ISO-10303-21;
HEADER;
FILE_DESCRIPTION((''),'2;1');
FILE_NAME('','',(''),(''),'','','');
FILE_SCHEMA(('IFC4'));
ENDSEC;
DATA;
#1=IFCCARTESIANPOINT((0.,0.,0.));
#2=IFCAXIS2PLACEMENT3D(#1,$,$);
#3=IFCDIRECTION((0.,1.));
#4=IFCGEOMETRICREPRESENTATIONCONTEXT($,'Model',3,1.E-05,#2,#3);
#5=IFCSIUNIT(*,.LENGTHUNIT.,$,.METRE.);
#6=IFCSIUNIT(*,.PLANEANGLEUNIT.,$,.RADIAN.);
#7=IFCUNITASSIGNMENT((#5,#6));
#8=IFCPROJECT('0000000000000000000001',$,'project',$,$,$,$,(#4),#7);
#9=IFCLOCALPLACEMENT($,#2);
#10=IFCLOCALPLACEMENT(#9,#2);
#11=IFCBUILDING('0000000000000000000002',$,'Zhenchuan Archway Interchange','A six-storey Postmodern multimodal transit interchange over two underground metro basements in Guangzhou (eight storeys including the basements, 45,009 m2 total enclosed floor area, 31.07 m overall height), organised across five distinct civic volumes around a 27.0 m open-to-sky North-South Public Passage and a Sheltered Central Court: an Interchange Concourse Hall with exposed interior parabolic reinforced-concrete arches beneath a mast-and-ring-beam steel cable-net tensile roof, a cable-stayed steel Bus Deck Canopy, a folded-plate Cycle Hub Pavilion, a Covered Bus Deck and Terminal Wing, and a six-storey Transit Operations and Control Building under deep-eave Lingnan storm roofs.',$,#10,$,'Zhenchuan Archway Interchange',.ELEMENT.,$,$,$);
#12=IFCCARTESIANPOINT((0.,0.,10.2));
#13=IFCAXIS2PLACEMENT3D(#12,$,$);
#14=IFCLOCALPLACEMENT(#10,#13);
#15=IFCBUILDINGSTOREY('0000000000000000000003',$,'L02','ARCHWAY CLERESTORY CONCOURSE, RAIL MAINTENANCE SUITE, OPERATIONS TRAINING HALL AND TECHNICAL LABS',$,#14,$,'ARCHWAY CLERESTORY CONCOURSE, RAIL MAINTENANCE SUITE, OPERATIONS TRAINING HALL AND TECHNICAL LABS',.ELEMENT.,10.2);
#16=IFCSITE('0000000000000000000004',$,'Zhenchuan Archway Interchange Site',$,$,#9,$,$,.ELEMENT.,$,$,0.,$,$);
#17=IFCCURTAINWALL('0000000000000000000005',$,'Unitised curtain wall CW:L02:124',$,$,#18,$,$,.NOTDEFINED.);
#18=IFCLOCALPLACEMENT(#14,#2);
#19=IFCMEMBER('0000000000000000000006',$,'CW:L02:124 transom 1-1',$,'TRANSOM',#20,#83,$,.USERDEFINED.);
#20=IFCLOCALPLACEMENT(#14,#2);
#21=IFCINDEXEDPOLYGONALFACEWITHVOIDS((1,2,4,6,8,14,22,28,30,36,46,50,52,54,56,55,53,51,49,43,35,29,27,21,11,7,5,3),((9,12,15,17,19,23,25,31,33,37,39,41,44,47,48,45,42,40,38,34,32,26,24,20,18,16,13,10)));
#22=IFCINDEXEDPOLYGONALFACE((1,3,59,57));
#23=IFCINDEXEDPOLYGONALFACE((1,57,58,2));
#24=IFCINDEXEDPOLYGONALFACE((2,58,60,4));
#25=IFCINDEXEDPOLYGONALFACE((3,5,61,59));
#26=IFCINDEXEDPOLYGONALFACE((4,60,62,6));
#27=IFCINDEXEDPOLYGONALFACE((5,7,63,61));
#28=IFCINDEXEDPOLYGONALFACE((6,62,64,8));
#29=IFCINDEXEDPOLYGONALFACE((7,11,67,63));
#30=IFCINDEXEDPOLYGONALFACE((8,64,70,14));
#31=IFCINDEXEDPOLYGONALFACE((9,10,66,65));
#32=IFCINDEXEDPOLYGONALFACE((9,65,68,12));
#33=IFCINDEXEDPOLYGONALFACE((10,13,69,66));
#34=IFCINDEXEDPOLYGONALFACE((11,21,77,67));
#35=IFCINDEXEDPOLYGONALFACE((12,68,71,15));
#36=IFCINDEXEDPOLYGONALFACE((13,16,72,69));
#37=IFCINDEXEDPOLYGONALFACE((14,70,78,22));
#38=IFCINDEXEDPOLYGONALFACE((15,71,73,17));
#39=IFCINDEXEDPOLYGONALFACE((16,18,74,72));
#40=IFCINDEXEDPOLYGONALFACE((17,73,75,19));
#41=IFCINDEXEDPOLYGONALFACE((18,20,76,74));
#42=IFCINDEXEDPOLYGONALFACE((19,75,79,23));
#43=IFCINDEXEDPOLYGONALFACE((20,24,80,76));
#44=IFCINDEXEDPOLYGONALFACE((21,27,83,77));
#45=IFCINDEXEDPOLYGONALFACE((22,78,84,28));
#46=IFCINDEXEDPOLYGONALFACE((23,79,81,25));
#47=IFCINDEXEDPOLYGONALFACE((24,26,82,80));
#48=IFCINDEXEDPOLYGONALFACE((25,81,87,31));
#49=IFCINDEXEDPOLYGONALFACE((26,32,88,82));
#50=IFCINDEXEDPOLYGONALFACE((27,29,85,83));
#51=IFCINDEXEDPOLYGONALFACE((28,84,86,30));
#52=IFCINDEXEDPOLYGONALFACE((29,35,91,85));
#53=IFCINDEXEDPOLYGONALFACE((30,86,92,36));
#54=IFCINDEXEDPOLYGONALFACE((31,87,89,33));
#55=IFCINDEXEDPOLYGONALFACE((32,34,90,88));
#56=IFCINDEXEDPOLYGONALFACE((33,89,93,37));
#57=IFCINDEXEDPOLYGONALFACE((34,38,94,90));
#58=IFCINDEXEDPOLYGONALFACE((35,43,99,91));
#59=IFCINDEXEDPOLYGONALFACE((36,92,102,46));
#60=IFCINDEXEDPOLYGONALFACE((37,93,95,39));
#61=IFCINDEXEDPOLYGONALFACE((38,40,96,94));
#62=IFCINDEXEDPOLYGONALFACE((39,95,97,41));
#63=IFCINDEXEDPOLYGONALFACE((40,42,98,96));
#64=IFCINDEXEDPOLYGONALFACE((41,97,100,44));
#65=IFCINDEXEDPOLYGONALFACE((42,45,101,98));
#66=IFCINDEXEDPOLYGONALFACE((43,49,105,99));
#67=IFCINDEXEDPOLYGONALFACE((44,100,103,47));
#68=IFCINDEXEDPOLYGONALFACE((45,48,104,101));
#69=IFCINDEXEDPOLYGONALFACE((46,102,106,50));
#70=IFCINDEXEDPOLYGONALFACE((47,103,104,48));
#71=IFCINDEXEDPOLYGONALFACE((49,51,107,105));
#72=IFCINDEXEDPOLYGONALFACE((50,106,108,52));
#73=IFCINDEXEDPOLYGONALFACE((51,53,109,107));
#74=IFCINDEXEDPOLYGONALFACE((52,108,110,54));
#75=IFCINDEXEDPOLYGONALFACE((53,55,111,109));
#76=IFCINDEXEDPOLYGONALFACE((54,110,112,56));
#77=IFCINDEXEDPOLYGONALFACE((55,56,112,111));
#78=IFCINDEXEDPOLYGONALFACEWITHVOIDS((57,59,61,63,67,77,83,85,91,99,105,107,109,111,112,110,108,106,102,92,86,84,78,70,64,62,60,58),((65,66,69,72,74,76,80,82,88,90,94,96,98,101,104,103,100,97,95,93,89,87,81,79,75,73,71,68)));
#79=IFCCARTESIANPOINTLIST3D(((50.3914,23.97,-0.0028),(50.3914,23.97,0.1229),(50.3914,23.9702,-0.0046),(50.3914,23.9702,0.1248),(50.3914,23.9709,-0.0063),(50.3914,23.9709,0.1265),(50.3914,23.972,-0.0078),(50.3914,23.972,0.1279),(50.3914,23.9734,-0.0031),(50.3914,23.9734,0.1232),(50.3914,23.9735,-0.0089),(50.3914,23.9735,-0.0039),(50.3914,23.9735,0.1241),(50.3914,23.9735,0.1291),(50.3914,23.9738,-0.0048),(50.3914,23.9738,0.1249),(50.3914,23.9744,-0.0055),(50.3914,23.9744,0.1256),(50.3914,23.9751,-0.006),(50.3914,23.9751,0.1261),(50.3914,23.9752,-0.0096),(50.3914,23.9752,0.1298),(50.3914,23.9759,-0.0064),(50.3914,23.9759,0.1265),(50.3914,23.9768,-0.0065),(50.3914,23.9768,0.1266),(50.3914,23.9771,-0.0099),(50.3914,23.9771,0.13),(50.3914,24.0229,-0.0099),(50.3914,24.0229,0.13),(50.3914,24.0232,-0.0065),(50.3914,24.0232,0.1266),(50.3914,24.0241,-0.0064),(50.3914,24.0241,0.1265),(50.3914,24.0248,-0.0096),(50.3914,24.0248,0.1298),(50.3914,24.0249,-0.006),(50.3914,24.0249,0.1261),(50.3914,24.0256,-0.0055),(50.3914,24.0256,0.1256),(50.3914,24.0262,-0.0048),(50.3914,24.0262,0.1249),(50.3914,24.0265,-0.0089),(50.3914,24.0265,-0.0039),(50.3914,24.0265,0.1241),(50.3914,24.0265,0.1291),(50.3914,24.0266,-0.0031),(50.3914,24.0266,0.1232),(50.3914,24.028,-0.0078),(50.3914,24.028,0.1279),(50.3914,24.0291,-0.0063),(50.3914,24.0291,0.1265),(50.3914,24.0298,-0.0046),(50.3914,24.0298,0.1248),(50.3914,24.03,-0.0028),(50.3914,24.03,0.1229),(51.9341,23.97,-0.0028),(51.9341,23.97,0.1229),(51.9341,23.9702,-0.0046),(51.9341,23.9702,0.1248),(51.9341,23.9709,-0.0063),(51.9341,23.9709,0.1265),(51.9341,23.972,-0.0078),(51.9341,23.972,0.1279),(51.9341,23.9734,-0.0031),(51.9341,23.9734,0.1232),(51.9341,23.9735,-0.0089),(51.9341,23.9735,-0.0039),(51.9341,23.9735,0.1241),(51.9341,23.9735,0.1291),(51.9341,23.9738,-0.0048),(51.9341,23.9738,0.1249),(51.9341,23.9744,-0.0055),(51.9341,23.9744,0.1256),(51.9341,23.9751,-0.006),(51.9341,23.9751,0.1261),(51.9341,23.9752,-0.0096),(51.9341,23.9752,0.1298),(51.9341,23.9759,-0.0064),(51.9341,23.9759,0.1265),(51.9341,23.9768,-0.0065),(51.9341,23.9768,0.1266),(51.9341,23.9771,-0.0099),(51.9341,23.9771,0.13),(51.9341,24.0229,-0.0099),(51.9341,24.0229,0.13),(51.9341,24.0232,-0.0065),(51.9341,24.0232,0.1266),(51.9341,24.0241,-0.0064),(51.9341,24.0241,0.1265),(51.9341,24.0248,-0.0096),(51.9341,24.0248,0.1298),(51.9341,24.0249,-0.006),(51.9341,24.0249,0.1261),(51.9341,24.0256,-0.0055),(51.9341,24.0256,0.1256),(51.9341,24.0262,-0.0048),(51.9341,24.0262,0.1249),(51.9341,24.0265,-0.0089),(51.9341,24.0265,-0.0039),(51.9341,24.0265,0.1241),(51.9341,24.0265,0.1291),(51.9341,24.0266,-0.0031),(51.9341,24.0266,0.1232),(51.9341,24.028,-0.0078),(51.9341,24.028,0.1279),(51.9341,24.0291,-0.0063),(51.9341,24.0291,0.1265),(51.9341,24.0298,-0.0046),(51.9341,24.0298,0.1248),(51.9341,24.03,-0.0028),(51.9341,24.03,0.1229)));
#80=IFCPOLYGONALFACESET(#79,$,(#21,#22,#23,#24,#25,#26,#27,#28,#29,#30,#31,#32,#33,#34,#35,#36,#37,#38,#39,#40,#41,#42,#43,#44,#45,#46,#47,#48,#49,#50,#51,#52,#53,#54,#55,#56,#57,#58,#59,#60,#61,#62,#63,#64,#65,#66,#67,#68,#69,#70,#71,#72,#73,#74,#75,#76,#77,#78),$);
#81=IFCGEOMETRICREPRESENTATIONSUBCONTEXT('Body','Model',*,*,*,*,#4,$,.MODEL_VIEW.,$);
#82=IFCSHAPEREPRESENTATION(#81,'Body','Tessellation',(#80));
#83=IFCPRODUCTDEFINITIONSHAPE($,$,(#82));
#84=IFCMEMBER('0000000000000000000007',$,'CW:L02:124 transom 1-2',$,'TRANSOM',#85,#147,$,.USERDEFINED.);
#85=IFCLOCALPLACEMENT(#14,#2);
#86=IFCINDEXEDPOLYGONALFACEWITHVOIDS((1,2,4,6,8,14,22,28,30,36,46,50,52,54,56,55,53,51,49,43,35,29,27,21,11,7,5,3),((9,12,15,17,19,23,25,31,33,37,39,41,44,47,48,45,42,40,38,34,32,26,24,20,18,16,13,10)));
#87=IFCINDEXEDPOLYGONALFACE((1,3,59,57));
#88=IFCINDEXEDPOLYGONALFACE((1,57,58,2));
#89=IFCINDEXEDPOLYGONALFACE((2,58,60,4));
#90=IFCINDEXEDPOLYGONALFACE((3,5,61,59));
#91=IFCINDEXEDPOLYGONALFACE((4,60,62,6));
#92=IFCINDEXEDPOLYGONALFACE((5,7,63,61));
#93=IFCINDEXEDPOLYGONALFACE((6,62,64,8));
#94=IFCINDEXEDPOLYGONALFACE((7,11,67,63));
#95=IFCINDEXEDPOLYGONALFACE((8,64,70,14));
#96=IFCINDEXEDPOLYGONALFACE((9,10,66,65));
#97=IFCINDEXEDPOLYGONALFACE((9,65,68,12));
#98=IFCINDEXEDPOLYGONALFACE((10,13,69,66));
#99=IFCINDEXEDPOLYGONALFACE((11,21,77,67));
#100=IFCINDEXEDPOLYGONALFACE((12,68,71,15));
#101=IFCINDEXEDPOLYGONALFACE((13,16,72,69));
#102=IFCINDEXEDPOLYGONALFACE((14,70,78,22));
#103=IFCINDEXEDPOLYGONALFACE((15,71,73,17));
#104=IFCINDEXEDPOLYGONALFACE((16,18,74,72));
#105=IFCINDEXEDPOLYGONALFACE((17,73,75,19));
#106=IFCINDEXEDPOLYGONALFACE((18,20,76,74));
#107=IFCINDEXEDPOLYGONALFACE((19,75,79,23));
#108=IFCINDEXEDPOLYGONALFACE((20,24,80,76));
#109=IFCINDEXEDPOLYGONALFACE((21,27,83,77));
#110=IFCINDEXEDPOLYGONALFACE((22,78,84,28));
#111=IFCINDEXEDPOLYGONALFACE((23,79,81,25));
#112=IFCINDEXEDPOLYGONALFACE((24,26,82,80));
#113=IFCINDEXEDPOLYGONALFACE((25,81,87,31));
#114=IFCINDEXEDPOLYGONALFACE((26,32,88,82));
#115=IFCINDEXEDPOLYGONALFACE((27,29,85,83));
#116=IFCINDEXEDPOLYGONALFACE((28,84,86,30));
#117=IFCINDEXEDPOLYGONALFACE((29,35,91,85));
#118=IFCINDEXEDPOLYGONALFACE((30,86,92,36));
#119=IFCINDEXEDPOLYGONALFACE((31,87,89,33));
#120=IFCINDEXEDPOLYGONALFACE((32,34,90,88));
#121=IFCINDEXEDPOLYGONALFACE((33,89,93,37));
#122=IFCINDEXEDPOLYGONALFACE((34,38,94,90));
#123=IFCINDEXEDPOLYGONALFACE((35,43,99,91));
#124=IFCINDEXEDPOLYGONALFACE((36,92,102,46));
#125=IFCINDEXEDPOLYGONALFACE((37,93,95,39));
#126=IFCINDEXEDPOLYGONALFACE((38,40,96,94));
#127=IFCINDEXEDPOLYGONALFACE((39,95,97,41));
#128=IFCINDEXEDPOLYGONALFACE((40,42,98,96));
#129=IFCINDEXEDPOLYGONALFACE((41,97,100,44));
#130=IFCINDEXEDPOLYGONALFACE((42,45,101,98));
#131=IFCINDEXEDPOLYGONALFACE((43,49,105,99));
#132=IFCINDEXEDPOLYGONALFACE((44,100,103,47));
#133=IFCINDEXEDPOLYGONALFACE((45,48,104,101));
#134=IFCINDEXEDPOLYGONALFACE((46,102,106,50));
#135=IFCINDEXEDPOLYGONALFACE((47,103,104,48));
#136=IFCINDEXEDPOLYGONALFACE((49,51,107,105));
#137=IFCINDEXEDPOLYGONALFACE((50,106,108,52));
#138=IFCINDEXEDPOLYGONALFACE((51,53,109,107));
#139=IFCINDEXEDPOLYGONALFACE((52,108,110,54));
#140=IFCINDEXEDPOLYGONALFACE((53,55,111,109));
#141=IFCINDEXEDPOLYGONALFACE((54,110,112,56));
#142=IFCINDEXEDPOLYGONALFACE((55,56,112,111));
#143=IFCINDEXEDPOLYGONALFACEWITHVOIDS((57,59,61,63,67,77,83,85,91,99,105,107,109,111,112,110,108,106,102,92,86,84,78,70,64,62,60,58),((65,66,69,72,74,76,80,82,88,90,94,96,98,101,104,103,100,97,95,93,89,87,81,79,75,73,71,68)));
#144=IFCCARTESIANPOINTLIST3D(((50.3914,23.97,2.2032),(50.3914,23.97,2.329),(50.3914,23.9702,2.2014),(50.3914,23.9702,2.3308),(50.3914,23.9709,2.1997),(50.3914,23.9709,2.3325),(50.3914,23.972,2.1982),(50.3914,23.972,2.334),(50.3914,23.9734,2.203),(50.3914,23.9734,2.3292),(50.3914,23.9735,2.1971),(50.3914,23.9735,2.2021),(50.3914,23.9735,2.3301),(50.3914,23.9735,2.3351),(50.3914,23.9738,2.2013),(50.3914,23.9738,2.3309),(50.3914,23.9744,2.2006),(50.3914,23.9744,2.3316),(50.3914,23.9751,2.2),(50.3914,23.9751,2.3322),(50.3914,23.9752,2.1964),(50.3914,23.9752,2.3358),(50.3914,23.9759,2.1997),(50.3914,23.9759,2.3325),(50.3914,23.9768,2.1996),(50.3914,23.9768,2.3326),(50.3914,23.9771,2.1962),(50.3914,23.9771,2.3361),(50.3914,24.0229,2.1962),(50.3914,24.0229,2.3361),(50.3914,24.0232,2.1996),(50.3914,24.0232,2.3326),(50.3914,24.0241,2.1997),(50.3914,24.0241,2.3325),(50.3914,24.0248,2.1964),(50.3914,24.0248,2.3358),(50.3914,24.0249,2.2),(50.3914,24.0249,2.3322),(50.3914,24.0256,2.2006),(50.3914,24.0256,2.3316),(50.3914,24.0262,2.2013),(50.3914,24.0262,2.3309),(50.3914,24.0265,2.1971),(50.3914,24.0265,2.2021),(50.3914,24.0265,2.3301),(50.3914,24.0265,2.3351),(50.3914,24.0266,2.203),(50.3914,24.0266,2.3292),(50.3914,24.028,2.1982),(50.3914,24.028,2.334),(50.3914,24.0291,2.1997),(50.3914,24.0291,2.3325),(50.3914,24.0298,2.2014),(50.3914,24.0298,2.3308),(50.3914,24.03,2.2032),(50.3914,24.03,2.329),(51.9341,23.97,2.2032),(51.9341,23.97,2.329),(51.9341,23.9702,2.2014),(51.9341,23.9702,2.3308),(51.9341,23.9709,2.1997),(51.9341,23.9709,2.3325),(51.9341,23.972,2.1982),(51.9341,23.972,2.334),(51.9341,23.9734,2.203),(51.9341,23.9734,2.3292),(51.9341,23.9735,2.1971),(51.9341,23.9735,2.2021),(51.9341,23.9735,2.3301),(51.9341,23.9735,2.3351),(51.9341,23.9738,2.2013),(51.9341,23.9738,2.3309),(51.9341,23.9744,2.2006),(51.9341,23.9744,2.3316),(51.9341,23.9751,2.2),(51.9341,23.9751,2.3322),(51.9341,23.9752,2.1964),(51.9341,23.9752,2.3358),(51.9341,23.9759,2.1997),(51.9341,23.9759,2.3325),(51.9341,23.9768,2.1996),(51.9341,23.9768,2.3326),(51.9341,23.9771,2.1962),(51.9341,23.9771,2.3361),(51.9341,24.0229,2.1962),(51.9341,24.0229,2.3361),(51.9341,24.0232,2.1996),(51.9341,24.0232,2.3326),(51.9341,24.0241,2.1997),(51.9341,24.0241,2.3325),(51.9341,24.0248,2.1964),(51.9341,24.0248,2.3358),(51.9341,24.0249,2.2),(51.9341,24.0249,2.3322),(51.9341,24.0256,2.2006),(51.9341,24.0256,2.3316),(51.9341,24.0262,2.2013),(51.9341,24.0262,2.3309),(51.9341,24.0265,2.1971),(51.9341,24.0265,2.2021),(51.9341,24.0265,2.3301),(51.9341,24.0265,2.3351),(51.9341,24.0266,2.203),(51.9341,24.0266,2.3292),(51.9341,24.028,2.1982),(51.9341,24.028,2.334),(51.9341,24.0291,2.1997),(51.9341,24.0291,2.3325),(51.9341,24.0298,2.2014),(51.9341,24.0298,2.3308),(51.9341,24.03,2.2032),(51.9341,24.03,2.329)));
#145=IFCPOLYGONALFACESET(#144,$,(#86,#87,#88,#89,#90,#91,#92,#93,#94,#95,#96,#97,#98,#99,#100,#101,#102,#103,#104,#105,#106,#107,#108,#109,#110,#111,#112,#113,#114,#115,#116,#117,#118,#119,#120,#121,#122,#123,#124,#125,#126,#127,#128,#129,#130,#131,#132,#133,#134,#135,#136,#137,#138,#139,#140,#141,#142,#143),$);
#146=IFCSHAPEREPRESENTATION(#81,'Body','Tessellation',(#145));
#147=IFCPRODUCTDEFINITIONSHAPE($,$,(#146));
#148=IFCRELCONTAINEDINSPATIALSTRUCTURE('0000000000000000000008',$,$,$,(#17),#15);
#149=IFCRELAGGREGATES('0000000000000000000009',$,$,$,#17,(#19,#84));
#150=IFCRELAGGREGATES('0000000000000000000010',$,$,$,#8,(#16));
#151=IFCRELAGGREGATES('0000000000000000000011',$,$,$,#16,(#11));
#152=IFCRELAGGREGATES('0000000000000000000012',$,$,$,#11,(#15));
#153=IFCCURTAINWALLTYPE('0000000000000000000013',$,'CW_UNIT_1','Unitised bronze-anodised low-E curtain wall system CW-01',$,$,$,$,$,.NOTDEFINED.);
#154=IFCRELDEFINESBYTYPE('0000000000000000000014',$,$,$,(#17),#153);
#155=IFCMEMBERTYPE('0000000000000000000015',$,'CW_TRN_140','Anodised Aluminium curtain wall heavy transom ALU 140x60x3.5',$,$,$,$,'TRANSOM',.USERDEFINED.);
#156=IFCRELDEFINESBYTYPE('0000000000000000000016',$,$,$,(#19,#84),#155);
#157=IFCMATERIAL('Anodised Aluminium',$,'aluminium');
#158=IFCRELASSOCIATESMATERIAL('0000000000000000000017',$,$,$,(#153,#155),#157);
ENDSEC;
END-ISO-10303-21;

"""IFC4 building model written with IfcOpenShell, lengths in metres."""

from ifc_helpers import new_model, si_unit, direction, frame, origin, origin_2d, place, context, subcontext, project, spatial, hollow_rectangle, extrude, material, material_profile, profile_set, type_object, element, aggregate, save


model = new_model("IFC4")

# Units and contexts
model_context = context("Model", 3, precision=1e-05, world=origin(), true_north=direction((0.0, 1.0)))
body_context = subcontext(model_context, "Body", "Model", "MODEL_VIEW")
ifc_project = project(units=[si_unit("LENGTHUNIT", "METRE"), si_unit("PLANEANGLEUNIT", "RADIAN")], contexts=[model_context])

# Site, building, storey
site_placement = place(None, origin())
site = spatial("IfcSite", under=ifc_project, at=site_placement, Name="Zhenchuan Archway Interchange Site", CompositionType="ELEMENT", RefElevation=0.0)
building_placement = place(site_placement, origin())
building = spatial("IfcBuilding", under=site, at=building_placement, Name="Zhenchuan Archway Interchange", Description="A six-storey Postmodern multimodal transit interchange over two underground metro basements in Guangzhou (eight storeys including the basements, 45,009 m2 total enclosed floor area, 31.07 m overall height), organised across five distinct civic volumes around a 27.0 m open-to-sky North-South Public Passage and a Sheltered Central Court: an Interchange Concourse Hall with exposed interior parabolic reinforced-concrete arches beneath a mast-and-ring-beam steel cable-net tensile roof, a cable-stayed steel Bus Deck Canopy, a folded-plate Cycle Hub Pavilion, a Covered Bus Deck and Terminal Wing, and a six-storey Transit Operations and Control Building under deep-eave Lingnan storm roofs.", LongName="Zhenchuan Archway Interchange", CompositionType="ELEMENT")
storey_placement = place(building_placement, frame((0.0, 0.0, 10.2)))
storey = spatial("IfcBuildingStorey", under=building, at=storey_placement, Name="L02", Description="ARCHWAY CLERESTORY CONCOURSE, RAIL MAINTENANCE SUITE, OPERATIONS TRAINING HALL AND TECHNICAL LABS", LongName="ARCHWAY CLERESTORY CONCOURSE, RAIL MAINTENANCE SUITE, OPERATIONS TRAINING HALL AND TECHNICAL LABS", CompositionType="ELEMENT", Elevation=10.2)

# Curtain wall, members
ifc_material_1 = material(Name="Anodised Aluminium", Category="aluminium")
curtain_wall_type = type_object("IfcCurtainWallType", Name="CW_UNIT_1", Description="Unitised bronze-anodised low-E curtain wall system CW-01", PredefinedType="NOTDEFINED", material=ifc_material_1)
curtain_wall_placement = place(storey_placement, origin())
curtain_wall = element("IfcCurtainWall", 1, at=curtain_wall_placement, inside=storey, type_object=curtain_wall_type, Name="Unitised curtain wall CW:L02:124", PredefinedType="NOTDEFINED")
ifc_material_profile_1 = material_profile(ifc_material_1, hollow_rectangle(XDim=0.0601, YDim=0.1399, WallThickness=0.0034, InnerFilletRadius=0.0034, OuterFilletRadius=0.0071, at=origin_2d()), Name="ALU 140x60x3.5")
ifc_profile_set_1 = profile_set([ifc_material_profile_1], Name="Anodised Aluminium")
member_type_1 = type_object("IfcMemberType", Name="CW_TRN_140", Description="Anodised Aluminium curtain wall heavy transom ALU 140x60x3.5", ElementType="TRANSOM", PredefinedType="USERDEFINED", material=ifc_profile_set_1)
member_1_placement = place(storey_placement, frame((51.9341, 24.0, 0.0601), z_axis=(-1.0, 0.0, 0.0), x_axis=(0.0, -1.0, 0.0)))
member_1 = element("IfcMember", 2, at=member_1_placement, type_object=member_type_1, Name="CW:L02:124 transom 1-1", ObjectType="TRANSOM", PredefinedType="USERDEFINED", context=body_context, shape_type="SweptSolid", body=[
    extrude(hollow_rectangle(XDim=0.0601, YDim=0.1399, WallThickness=0.0034, InnerFilletRadius=0.0034, OuterFilletRadius=0.0071, at=origin_2d()), origin(), (0.0, 0.0, 1.0), 1.5427),
])
member_2_placement = place(storey_placement, frame((51.9341, 24.0, 2.2661), z_axis=(-1.0, 0.0, 0.0), x_axis=(0.0, -1.0, 0.0)))
member_2 = element("IfcMember", 3, at=member_2_placement, type_object=member_type_1, Name="CW:L02:124 transom 1-2", ObjectType="TRANSOM", PredefinedType="USERDEFINED", context=body_context, shape_type="SweptSolid", body=[
    extrude(hollow_rectangle(XDim=0.0601, YDim=0.1399, WallThickness=0.0034, InnerFilletRadius=0.0034, OuterFilletRadius=0.0071, at=origin_2d()), origin(), (0.0, 0.0, 1.0), 1.5427),
])

aggregate(curtain_wall, [member_1, member_2])

save(model, "model.ifc")
